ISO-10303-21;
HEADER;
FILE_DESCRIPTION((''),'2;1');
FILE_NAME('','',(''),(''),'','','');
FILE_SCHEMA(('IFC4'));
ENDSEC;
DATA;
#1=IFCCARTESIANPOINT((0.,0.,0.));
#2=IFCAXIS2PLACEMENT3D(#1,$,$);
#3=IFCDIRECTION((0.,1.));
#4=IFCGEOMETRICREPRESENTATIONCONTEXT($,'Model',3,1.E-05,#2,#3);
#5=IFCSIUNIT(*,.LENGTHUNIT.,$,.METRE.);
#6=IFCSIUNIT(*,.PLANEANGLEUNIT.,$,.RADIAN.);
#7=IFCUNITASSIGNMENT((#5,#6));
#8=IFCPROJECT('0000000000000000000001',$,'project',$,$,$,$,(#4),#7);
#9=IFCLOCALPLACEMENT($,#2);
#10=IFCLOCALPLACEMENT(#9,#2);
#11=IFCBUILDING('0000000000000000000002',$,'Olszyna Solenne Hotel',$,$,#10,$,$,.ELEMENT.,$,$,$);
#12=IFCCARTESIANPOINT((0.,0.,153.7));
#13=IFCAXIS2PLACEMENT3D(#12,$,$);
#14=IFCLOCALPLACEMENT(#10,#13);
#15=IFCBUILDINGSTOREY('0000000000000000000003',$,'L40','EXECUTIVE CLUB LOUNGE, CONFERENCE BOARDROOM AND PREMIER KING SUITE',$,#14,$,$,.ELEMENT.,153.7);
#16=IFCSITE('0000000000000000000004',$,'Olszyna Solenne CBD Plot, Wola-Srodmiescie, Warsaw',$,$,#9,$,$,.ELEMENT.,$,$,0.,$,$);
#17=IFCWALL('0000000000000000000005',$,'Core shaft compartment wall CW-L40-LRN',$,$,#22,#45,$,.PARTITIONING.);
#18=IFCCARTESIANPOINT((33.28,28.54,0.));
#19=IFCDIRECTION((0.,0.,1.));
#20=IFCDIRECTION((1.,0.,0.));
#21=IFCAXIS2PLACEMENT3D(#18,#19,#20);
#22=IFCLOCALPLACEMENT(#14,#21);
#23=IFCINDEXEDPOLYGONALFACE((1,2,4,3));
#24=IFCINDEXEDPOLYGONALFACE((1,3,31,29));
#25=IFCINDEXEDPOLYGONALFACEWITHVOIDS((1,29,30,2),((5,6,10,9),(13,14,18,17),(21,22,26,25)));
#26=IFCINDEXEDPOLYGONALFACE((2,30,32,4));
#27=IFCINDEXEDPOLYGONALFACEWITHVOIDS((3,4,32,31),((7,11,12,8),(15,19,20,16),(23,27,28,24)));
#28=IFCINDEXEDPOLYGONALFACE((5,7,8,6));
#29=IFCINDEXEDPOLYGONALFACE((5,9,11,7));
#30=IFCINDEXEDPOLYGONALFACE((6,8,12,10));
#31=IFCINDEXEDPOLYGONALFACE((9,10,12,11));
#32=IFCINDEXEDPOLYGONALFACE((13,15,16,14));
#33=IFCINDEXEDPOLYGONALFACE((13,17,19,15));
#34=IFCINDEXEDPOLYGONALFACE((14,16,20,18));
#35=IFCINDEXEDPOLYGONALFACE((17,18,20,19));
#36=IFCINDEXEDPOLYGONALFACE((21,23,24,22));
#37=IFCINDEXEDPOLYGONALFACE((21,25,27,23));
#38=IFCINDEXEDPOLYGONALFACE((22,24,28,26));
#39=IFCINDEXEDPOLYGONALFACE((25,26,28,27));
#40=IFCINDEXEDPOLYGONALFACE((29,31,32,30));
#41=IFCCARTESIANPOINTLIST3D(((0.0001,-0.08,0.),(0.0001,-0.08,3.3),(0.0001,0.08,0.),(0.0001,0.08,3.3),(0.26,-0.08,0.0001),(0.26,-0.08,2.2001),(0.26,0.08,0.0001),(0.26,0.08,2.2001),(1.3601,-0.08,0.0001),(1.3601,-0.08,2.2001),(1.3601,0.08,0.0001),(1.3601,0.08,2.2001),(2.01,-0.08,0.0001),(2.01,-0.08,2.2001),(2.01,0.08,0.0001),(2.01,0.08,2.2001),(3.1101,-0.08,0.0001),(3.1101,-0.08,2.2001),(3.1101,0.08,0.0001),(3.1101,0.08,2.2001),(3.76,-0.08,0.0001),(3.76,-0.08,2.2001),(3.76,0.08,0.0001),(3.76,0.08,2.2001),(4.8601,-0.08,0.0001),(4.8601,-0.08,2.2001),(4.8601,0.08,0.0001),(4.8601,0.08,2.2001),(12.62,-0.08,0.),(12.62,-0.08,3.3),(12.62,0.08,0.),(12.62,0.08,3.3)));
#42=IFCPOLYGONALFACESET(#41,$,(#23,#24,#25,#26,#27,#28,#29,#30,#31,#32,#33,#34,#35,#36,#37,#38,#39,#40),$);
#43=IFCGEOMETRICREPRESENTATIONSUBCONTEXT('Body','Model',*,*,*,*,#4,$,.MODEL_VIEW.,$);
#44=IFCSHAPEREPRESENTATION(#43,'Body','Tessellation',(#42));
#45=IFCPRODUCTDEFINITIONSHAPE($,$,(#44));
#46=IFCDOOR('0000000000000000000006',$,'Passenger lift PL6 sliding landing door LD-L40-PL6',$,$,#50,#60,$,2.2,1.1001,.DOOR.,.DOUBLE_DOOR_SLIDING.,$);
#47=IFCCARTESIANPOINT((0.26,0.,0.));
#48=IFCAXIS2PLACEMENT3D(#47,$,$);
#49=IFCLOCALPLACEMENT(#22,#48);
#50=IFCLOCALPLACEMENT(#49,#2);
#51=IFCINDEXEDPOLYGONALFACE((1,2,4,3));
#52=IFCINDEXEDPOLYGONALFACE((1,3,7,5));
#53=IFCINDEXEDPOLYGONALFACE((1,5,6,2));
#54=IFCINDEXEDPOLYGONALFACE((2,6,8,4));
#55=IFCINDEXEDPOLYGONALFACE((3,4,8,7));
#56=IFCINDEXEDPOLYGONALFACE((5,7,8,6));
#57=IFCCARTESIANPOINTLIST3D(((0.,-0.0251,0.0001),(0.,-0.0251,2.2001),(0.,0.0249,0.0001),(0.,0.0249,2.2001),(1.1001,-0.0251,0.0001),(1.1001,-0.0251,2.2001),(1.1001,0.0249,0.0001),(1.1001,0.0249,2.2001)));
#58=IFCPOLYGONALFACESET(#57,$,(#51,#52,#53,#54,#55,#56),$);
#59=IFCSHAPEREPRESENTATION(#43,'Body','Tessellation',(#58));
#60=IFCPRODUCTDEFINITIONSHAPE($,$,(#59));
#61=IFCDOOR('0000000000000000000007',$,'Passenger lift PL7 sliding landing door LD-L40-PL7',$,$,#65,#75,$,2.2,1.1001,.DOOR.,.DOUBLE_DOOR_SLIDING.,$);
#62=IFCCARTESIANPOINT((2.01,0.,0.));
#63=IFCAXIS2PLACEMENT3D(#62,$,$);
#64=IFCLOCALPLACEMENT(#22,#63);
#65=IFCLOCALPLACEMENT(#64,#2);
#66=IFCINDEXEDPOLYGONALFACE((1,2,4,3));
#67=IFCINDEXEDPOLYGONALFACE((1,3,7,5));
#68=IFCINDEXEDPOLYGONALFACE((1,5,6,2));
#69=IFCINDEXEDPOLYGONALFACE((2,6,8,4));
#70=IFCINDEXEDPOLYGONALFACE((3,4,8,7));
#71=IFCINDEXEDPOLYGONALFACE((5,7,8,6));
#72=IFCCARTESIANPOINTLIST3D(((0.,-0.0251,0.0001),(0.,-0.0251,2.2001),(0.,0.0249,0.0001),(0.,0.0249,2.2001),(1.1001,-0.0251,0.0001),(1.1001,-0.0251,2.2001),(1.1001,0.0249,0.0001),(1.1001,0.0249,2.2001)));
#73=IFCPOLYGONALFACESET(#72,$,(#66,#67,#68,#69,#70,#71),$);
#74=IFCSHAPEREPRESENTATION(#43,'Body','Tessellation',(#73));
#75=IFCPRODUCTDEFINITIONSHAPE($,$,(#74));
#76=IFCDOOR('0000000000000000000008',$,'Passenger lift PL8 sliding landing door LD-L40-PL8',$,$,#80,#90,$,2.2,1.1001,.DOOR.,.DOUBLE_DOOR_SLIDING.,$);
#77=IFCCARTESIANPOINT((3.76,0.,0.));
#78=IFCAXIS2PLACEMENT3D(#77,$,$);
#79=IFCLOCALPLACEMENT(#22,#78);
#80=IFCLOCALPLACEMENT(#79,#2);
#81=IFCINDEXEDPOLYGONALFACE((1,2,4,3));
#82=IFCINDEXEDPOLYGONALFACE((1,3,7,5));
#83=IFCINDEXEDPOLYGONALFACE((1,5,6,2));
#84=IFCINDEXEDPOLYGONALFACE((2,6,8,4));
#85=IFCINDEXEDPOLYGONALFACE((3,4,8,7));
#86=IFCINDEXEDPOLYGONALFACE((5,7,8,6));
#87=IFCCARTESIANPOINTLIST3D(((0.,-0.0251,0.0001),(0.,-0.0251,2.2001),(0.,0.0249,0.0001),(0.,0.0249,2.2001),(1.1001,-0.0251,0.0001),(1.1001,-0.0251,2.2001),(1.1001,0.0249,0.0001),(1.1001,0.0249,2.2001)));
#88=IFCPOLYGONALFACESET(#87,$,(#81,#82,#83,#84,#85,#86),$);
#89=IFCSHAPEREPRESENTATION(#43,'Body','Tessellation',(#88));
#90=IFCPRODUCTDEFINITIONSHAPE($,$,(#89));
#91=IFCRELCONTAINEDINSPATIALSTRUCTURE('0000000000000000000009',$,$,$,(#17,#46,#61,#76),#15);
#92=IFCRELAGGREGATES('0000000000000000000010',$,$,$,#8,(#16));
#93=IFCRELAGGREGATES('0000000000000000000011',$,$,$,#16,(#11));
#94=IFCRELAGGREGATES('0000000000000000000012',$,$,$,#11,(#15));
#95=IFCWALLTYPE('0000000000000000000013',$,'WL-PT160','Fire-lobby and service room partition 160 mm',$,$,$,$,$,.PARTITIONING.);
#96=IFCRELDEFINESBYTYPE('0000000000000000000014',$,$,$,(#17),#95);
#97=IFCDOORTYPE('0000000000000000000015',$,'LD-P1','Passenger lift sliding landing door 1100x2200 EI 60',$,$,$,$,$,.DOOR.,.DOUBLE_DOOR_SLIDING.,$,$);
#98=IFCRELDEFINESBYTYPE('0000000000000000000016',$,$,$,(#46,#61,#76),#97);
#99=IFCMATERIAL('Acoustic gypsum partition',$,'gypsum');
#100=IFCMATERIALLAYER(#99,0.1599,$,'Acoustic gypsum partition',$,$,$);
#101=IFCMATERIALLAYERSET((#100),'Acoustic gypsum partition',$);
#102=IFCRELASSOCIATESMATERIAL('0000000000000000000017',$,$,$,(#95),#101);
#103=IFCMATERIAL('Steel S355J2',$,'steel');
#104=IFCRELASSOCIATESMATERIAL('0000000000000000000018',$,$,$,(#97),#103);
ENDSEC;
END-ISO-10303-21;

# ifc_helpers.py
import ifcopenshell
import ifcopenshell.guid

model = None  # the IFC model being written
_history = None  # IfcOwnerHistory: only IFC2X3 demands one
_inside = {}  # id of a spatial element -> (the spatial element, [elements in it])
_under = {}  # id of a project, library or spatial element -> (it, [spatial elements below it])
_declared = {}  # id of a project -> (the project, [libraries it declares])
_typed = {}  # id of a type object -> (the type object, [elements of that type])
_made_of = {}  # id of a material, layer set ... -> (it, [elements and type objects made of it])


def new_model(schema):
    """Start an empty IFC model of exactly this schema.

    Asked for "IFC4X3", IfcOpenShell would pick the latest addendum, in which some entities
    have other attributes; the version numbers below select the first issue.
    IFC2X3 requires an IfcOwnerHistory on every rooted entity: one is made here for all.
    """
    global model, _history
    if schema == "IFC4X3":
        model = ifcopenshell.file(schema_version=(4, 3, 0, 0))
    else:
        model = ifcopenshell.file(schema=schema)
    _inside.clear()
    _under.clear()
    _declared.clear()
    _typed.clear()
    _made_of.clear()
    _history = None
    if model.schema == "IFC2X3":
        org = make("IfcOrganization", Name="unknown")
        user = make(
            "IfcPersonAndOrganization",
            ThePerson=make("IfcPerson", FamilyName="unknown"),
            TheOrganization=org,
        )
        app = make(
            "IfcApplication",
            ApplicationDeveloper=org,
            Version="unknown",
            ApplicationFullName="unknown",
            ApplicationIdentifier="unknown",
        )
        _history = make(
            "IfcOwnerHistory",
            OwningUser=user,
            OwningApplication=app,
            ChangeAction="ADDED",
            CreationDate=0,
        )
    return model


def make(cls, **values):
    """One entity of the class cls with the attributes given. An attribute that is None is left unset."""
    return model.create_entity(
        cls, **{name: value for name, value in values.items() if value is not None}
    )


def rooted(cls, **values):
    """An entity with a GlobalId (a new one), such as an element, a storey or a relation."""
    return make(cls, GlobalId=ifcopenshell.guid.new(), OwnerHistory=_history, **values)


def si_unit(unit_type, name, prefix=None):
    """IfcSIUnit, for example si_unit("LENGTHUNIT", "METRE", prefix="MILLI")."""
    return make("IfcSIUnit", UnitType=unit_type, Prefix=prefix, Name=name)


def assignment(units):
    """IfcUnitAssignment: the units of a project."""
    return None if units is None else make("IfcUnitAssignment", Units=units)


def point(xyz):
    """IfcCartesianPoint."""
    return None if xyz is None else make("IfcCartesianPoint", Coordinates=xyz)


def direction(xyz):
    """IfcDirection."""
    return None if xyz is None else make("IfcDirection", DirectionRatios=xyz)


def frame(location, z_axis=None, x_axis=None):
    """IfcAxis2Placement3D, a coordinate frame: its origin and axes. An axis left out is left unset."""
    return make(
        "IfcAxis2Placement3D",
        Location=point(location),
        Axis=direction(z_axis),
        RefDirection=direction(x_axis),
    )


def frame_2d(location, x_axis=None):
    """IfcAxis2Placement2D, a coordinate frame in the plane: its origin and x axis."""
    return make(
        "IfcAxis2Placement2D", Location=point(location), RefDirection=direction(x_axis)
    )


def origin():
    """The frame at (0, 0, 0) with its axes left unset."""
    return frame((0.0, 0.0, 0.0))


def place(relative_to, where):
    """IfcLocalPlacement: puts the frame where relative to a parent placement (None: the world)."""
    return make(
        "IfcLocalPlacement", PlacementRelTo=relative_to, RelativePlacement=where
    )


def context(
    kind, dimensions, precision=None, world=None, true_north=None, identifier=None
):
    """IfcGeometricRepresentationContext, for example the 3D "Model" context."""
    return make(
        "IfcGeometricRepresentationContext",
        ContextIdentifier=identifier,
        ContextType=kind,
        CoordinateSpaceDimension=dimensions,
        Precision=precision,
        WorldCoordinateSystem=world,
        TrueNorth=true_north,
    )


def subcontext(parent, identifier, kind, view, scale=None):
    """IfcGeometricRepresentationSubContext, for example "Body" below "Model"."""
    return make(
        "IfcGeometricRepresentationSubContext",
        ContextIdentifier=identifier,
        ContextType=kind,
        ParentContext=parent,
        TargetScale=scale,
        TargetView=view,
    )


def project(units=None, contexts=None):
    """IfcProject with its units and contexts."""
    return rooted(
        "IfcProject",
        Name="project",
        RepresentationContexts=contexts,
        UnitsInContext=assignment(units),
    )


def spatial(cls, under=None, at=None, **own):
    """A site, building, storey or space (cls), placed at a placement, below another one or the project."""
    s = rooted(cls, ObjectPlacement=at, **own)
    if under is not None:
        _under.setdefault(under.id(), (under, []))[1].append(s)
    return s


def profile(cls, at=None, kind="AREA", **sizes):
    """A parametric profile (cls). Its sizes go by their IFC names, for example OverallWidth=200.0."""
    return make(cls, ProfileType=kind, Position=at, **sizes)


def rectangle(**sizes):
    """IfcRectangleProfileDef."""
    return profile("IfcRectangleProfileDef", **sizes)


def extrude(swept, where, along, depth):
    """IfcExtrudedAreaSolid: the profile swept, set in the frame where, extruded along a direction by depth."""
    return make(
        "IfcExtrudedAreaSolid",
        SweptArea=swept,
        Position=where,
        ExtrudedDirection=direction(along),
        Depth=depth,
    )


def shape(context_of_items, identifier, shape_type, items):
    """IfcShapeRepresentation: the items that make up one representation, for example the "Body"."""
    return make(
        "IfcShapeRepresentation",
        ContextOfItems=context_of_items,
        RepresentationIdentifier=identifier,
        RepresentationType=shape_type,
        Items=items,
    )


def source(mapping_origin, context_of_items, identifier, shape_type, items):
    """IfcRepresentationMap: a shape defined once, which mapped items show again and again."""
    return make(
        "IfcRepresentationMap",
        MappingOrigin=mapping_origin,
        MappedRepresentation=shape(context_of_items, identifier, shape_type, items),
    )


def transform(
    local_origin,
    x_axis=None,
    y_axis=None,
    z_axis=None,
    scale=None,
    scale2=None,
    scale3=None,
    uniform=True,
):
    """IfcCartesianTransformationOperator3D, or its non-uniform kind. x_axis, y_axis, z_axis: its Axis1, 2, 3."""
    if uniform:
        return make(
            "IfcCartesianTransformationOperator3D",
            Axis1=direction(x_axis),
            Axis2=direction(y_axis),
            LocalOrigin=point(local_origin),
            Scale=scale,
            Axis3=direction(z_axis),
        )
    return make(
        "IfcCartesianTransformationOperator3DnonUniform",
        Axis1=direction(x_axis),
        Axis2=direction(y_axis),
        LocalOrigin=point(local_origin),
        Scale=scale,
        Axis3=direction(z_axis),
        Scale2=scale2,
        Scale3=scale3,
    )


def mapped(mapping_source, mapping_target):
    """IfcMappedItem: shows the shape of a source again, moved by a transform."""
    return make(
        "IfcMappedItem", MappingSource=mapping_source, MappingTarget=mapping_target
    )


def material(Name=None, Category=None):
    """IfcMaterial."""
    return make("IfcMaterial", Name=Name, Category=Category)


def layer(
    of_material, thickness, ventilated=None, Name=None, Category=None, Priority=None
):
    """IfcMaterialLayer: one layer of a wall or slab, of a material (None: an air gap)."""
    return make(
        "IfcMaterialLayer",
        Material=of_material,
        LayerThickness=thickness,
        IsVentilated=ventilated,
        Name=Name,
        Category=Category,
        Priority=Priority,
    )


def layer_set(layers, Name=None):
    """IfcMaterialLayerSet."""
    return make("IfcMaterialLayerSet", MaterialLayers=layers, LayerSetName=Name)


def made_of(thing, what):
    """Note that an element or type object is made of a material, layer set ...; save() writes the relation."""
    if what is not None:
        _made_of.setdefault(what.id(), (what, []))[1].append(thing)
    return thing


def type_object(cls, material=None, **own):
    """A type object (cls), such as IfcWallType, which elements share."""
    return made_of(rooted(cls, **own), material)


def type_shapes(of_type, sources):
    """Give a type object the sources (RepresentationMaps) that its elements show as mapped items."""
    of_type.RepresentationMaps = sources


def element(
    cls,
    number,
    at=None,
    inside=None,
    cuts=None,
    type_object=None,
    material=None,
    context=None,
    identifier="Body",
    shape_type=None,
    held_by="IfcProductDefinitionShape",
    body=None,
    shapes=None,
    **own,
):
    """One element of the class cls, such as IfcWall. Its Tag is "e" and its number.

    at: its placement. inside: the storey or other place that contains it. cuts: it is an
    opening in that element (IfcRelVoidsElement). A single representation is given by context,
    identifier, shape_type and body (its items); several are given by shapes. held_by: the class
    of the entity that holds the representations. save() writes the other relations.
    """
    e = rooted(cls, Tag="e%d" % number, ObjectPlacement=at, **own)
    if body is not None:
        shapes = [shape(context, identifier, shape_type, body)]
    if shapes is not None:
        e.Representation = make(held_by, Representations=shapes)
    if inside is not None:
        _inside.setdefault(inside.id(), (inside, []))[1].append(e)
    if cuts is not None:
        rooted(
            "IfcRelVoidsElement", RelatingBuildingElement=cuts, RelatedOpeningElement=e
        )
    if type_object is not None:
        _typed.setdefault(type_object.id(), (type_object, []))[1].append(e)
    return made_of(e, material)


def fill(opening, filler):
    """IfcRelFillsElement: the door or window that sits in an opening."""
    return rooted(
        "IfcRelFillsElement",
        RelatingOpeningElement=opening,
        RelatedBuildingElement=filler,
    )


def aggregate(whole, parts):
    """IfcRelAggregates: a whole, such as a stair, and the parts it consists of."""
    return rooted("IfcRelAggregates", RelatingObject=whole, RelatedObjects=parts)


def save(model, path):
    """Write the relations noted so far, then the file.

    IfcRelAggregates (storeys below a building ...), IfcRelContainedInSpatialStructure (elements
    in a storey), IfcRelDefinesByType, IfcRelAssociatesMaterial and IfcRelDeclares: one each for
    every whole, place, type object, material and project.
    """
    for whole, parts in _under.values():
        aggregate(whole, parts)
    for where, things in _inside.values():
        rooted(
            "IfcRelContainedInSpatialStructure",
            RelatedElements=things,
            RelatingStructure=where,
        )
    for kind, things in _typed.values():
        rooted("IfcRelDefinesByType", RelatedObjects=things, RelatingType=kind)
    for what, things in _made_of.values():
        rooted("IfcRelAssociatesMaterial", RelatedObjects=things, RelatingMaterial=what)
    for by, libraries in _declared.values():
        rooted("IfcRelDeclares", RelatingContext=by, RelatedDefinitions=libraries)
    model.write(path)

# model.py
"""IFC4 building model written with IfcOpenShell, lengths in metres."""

from ifc_helpers import new_model, si_unit, direction, frame, frame_2d, origin, place, context, subcontext, project, spatial, rectangle, extrude, source, transform, mapped, material, layer, layer_set, type_object, type_shapes, element, fill, save


model = new_model("IFC4")

# Units and contexts
model_context = context("Model", 3, precision=1e-05, world=origin(), true_north=direction((0.0, 1.0)))
body_context = subcontext(model_context, "Body", "Model", "MODEL_VIEW")
ifc_project = project(units=[si_unit("LENGTHUNIT", "METRE"), si_unit("PLANEANGLEUNIT", "RADIAN")], contexts=[model_context])

# Site, building, storey
site_placement = place(None, origin())
site = spatial("IfcSite", under=ifc_project, at=site_placement, Name="Olszyna Solenne CBD Plot, Wola-Srodmiescie, Warsaw", CompositionType="ELEMENT", RefElevation=0.0)
building_placement = place(site_placement, origin())
building = spatial("IfcBuilding", under=site, at=building_placement, Name="Olszyna Solenne Hotel", CompositionType="ELEMENT")
storey_placement = place(building_placement, frame((0.0, 0.0, 153.7)))
storey = spatial("IfcBuildingStorey", under=building, at=storey_placement, Name="L40", Description="EXECUTIVE CLUB LOUNGE, CONFERENCE BOARDROOM AND PREMIER KING SUITE", CompositionType="ELEMENT", Elevation=153.7)

# Shared definitions
ifc_material_1 = material(Name="Steel S355J2", Category="steel")

# Shared definitions
ifc_material_2 = material(Name="Acoustic gypsum partition", Category="gypsum")
ifc_layer = layer(ifc_material_2, 0.1599, Name="Acoustic gypsum partition")
ifc_layer_set = layer_set([ifc_layer], Name="Acoustic gypsum partition")
wall_type = type_object("IfcWallType", Name="WL-PT160", Description="Fire-lobby and service room partition 160 mm", PredefinedType="PARTITIONING", material=ifc_layer_set)

# Wall, openings, doors
door_type_1 = type_object("IfcDoorType", Name="LD-P1", Description="Passenger lift sliding landing door 1100x2200 EI 60", OperationType="DOUBLE_DOOR_SLIDING", PredefinedType="DOOR", material=ifc_material_1)
shared_shape_1 = source(origin(), body_context, "Body", "SweptSolid", [
    extrude(rectangle(XDim=1.1001, YDim=2.2, at=frame_2d((0.55, 1.1001))), frame((0.0, 0.0249, 0.0), z_axis=(0.0, -1.0, 0.0), x_axis=(1.0, 0.0, 0.0)), (0.0, 0.0, 1.0), 0.05),
])
type_shapes(door_type_1, [shared_shape_1])
wall_1_placement = place(storey_placement, frame((33.28, 28.54, 0.0), z_axis=(0.0, 0.0, 1.0), x_axis=(1.0, 0.0, 0.0)))
wall_1 = element("IfcWall", 1, at=wall_1_placement, inside=storey, type_object=wall_type, Name="Core shaft compartment wall CW-L40-LRN", PredefinedType="PARTITIONING", context=body_context, shape_type="SweptSolid", body=[
    extrude(rectangle(XDim=12.6199, YDim=0.1599, at=frame_2d((6.3101, 0.0))), origin(), (0.0, 0.0, 1.0), 3.3),
])
opening_1_placement = place(wall_1_placement, frame((0.26, 0.0, 0.0)))
opening_1 = element("IfcOpeningElement", 2, at=opening_1_placement, cuts=wall_1, PredefinedType="OPENING", context=body_context, shape_type="SweptSolid", body=[
    extrude(rectangle(XDim=1.1001, YDim=2.2, at=frame_2d((0.55, 1.1001))), frame((0.0, 0.0898, 0.0), z_axis=(0.0, -1.0, 0.0), x_axis=(1.0, 0.0, 0.0)), (0.0, 0.0, 1.0), 0.1799),
])
opening_2_placement = place(wall_1_placement, frame((2.01, 0.0, 0.0)))
opening_2 = element("IfcOpeningElement", 3, at=opening_2_placement, cuts=wall_1, PredefinedType="OPENING", context=body_context, shape_type="SweptSolid", body=[
    extrude(rectangle(XDim=1.1001, YDim=2.2, at=frame_2d((0.55, 1.1001))), frame((0.0, 0.0898, 0.0), z_axis=(0.0, -1.0, 0.0), x_axis=(1.0, 0.0, 0.0)), (0.0, 0.0, 1.0), 0.1799),
])
opening_3_placement = place(wall_1_placement, frame((3.76, 0.0, 0.0)))
opening_3 = element("IfcOpeningElement", 4, at=opening_3_placement, cuts=wall_1, PredefinedType="OPENING", context=body_context, shape_type="SweptSolid", body=[
    extrude(rectangle(XDim=1.1001, YDim=2.2, at=frame_2d((0.55, 1.1001))), frame((0.0, 0.0898, 0.0), z_axis=(0.0, -1.0, 0.0), x_axis=(1.0, 0.0, 0.0)), (0.0, 0.0, 1.0), 0.1799),
])
door_1_placement = place(opening_1_placement, origin())
door_1 = element("IfcDoor", 5, at=door_1_placement, inside=storey, type_object=door_type_1, Name="Passenger lift PL6 sliding landing door LD-L40-PL6", OperationType="DOUBLE_DOOR_SLIDING", OverallHeight=2.2, OverallWidth=1.1001, PredefinedType="DOOR", context=body_context, shape_type="MappedRepresentation", body=[
    mapped(shared_shape_1, transform((0.0, 0.0, 0.0), x_axis=(1.0, 0.0, 0.0), y_axis=(0.0, 1.0, 0.0), z_axis=(0.0, 0.0, 1.0), scale=1.0)),
])
fill(opening_1, door_1)
door_2_placement = place(opening_2_placement, origin())
door_2 = element("IfcDoor", 6, at=door_2_placement, inside=storey, type_object=door_type_1, Name="Passenger lift PL7 sliding landing door LD-L40-PL7", OperationType="DOUBLE_DOOR_SLIDING", OverallHeight=2.2, OverallWidth=1.1001, PredefinedType="DOOR", context=body_context, shape_type="MappedRepresentation", body=[
    mapped(shared_shape_1, transform((0.0, 0.0, 0.0), x_axis=(1.0, 0.0, 0.0), y_axis=(0.0, 1.0, 0.0), z_axis=(0.0, 0.0, 1.0), scale=1.0)),
])
fill(opening_2, door_2)
door_3_placement = place(opening_3_placement, origin())
door_3 = element("IfcDoor", 7, at=door_3_placement, inside=storey, type_object=door_type_1, Name="Passenger lift PL8 sliding landing door LD-L40-PL8", OperationType="DOUBLE_DOOR_SLIDING", OverallHeight=2.2, OverallWidth=1.1001, PredefinedType="DOOR", context=body_context, shape_type="MappedRepresentation", body=[
    mapped(shared_shape_1, transform((0.0, 0.0, 0.0), x_axis=(1.0, 0.0, 0.0), y_axis=(0.0, 1.0, 0.0), z_axis=(0.0, 0.0, 1.0), scale=1.0)),
])
fill(opening_3, door_3)

save(model, "model.ifc")
